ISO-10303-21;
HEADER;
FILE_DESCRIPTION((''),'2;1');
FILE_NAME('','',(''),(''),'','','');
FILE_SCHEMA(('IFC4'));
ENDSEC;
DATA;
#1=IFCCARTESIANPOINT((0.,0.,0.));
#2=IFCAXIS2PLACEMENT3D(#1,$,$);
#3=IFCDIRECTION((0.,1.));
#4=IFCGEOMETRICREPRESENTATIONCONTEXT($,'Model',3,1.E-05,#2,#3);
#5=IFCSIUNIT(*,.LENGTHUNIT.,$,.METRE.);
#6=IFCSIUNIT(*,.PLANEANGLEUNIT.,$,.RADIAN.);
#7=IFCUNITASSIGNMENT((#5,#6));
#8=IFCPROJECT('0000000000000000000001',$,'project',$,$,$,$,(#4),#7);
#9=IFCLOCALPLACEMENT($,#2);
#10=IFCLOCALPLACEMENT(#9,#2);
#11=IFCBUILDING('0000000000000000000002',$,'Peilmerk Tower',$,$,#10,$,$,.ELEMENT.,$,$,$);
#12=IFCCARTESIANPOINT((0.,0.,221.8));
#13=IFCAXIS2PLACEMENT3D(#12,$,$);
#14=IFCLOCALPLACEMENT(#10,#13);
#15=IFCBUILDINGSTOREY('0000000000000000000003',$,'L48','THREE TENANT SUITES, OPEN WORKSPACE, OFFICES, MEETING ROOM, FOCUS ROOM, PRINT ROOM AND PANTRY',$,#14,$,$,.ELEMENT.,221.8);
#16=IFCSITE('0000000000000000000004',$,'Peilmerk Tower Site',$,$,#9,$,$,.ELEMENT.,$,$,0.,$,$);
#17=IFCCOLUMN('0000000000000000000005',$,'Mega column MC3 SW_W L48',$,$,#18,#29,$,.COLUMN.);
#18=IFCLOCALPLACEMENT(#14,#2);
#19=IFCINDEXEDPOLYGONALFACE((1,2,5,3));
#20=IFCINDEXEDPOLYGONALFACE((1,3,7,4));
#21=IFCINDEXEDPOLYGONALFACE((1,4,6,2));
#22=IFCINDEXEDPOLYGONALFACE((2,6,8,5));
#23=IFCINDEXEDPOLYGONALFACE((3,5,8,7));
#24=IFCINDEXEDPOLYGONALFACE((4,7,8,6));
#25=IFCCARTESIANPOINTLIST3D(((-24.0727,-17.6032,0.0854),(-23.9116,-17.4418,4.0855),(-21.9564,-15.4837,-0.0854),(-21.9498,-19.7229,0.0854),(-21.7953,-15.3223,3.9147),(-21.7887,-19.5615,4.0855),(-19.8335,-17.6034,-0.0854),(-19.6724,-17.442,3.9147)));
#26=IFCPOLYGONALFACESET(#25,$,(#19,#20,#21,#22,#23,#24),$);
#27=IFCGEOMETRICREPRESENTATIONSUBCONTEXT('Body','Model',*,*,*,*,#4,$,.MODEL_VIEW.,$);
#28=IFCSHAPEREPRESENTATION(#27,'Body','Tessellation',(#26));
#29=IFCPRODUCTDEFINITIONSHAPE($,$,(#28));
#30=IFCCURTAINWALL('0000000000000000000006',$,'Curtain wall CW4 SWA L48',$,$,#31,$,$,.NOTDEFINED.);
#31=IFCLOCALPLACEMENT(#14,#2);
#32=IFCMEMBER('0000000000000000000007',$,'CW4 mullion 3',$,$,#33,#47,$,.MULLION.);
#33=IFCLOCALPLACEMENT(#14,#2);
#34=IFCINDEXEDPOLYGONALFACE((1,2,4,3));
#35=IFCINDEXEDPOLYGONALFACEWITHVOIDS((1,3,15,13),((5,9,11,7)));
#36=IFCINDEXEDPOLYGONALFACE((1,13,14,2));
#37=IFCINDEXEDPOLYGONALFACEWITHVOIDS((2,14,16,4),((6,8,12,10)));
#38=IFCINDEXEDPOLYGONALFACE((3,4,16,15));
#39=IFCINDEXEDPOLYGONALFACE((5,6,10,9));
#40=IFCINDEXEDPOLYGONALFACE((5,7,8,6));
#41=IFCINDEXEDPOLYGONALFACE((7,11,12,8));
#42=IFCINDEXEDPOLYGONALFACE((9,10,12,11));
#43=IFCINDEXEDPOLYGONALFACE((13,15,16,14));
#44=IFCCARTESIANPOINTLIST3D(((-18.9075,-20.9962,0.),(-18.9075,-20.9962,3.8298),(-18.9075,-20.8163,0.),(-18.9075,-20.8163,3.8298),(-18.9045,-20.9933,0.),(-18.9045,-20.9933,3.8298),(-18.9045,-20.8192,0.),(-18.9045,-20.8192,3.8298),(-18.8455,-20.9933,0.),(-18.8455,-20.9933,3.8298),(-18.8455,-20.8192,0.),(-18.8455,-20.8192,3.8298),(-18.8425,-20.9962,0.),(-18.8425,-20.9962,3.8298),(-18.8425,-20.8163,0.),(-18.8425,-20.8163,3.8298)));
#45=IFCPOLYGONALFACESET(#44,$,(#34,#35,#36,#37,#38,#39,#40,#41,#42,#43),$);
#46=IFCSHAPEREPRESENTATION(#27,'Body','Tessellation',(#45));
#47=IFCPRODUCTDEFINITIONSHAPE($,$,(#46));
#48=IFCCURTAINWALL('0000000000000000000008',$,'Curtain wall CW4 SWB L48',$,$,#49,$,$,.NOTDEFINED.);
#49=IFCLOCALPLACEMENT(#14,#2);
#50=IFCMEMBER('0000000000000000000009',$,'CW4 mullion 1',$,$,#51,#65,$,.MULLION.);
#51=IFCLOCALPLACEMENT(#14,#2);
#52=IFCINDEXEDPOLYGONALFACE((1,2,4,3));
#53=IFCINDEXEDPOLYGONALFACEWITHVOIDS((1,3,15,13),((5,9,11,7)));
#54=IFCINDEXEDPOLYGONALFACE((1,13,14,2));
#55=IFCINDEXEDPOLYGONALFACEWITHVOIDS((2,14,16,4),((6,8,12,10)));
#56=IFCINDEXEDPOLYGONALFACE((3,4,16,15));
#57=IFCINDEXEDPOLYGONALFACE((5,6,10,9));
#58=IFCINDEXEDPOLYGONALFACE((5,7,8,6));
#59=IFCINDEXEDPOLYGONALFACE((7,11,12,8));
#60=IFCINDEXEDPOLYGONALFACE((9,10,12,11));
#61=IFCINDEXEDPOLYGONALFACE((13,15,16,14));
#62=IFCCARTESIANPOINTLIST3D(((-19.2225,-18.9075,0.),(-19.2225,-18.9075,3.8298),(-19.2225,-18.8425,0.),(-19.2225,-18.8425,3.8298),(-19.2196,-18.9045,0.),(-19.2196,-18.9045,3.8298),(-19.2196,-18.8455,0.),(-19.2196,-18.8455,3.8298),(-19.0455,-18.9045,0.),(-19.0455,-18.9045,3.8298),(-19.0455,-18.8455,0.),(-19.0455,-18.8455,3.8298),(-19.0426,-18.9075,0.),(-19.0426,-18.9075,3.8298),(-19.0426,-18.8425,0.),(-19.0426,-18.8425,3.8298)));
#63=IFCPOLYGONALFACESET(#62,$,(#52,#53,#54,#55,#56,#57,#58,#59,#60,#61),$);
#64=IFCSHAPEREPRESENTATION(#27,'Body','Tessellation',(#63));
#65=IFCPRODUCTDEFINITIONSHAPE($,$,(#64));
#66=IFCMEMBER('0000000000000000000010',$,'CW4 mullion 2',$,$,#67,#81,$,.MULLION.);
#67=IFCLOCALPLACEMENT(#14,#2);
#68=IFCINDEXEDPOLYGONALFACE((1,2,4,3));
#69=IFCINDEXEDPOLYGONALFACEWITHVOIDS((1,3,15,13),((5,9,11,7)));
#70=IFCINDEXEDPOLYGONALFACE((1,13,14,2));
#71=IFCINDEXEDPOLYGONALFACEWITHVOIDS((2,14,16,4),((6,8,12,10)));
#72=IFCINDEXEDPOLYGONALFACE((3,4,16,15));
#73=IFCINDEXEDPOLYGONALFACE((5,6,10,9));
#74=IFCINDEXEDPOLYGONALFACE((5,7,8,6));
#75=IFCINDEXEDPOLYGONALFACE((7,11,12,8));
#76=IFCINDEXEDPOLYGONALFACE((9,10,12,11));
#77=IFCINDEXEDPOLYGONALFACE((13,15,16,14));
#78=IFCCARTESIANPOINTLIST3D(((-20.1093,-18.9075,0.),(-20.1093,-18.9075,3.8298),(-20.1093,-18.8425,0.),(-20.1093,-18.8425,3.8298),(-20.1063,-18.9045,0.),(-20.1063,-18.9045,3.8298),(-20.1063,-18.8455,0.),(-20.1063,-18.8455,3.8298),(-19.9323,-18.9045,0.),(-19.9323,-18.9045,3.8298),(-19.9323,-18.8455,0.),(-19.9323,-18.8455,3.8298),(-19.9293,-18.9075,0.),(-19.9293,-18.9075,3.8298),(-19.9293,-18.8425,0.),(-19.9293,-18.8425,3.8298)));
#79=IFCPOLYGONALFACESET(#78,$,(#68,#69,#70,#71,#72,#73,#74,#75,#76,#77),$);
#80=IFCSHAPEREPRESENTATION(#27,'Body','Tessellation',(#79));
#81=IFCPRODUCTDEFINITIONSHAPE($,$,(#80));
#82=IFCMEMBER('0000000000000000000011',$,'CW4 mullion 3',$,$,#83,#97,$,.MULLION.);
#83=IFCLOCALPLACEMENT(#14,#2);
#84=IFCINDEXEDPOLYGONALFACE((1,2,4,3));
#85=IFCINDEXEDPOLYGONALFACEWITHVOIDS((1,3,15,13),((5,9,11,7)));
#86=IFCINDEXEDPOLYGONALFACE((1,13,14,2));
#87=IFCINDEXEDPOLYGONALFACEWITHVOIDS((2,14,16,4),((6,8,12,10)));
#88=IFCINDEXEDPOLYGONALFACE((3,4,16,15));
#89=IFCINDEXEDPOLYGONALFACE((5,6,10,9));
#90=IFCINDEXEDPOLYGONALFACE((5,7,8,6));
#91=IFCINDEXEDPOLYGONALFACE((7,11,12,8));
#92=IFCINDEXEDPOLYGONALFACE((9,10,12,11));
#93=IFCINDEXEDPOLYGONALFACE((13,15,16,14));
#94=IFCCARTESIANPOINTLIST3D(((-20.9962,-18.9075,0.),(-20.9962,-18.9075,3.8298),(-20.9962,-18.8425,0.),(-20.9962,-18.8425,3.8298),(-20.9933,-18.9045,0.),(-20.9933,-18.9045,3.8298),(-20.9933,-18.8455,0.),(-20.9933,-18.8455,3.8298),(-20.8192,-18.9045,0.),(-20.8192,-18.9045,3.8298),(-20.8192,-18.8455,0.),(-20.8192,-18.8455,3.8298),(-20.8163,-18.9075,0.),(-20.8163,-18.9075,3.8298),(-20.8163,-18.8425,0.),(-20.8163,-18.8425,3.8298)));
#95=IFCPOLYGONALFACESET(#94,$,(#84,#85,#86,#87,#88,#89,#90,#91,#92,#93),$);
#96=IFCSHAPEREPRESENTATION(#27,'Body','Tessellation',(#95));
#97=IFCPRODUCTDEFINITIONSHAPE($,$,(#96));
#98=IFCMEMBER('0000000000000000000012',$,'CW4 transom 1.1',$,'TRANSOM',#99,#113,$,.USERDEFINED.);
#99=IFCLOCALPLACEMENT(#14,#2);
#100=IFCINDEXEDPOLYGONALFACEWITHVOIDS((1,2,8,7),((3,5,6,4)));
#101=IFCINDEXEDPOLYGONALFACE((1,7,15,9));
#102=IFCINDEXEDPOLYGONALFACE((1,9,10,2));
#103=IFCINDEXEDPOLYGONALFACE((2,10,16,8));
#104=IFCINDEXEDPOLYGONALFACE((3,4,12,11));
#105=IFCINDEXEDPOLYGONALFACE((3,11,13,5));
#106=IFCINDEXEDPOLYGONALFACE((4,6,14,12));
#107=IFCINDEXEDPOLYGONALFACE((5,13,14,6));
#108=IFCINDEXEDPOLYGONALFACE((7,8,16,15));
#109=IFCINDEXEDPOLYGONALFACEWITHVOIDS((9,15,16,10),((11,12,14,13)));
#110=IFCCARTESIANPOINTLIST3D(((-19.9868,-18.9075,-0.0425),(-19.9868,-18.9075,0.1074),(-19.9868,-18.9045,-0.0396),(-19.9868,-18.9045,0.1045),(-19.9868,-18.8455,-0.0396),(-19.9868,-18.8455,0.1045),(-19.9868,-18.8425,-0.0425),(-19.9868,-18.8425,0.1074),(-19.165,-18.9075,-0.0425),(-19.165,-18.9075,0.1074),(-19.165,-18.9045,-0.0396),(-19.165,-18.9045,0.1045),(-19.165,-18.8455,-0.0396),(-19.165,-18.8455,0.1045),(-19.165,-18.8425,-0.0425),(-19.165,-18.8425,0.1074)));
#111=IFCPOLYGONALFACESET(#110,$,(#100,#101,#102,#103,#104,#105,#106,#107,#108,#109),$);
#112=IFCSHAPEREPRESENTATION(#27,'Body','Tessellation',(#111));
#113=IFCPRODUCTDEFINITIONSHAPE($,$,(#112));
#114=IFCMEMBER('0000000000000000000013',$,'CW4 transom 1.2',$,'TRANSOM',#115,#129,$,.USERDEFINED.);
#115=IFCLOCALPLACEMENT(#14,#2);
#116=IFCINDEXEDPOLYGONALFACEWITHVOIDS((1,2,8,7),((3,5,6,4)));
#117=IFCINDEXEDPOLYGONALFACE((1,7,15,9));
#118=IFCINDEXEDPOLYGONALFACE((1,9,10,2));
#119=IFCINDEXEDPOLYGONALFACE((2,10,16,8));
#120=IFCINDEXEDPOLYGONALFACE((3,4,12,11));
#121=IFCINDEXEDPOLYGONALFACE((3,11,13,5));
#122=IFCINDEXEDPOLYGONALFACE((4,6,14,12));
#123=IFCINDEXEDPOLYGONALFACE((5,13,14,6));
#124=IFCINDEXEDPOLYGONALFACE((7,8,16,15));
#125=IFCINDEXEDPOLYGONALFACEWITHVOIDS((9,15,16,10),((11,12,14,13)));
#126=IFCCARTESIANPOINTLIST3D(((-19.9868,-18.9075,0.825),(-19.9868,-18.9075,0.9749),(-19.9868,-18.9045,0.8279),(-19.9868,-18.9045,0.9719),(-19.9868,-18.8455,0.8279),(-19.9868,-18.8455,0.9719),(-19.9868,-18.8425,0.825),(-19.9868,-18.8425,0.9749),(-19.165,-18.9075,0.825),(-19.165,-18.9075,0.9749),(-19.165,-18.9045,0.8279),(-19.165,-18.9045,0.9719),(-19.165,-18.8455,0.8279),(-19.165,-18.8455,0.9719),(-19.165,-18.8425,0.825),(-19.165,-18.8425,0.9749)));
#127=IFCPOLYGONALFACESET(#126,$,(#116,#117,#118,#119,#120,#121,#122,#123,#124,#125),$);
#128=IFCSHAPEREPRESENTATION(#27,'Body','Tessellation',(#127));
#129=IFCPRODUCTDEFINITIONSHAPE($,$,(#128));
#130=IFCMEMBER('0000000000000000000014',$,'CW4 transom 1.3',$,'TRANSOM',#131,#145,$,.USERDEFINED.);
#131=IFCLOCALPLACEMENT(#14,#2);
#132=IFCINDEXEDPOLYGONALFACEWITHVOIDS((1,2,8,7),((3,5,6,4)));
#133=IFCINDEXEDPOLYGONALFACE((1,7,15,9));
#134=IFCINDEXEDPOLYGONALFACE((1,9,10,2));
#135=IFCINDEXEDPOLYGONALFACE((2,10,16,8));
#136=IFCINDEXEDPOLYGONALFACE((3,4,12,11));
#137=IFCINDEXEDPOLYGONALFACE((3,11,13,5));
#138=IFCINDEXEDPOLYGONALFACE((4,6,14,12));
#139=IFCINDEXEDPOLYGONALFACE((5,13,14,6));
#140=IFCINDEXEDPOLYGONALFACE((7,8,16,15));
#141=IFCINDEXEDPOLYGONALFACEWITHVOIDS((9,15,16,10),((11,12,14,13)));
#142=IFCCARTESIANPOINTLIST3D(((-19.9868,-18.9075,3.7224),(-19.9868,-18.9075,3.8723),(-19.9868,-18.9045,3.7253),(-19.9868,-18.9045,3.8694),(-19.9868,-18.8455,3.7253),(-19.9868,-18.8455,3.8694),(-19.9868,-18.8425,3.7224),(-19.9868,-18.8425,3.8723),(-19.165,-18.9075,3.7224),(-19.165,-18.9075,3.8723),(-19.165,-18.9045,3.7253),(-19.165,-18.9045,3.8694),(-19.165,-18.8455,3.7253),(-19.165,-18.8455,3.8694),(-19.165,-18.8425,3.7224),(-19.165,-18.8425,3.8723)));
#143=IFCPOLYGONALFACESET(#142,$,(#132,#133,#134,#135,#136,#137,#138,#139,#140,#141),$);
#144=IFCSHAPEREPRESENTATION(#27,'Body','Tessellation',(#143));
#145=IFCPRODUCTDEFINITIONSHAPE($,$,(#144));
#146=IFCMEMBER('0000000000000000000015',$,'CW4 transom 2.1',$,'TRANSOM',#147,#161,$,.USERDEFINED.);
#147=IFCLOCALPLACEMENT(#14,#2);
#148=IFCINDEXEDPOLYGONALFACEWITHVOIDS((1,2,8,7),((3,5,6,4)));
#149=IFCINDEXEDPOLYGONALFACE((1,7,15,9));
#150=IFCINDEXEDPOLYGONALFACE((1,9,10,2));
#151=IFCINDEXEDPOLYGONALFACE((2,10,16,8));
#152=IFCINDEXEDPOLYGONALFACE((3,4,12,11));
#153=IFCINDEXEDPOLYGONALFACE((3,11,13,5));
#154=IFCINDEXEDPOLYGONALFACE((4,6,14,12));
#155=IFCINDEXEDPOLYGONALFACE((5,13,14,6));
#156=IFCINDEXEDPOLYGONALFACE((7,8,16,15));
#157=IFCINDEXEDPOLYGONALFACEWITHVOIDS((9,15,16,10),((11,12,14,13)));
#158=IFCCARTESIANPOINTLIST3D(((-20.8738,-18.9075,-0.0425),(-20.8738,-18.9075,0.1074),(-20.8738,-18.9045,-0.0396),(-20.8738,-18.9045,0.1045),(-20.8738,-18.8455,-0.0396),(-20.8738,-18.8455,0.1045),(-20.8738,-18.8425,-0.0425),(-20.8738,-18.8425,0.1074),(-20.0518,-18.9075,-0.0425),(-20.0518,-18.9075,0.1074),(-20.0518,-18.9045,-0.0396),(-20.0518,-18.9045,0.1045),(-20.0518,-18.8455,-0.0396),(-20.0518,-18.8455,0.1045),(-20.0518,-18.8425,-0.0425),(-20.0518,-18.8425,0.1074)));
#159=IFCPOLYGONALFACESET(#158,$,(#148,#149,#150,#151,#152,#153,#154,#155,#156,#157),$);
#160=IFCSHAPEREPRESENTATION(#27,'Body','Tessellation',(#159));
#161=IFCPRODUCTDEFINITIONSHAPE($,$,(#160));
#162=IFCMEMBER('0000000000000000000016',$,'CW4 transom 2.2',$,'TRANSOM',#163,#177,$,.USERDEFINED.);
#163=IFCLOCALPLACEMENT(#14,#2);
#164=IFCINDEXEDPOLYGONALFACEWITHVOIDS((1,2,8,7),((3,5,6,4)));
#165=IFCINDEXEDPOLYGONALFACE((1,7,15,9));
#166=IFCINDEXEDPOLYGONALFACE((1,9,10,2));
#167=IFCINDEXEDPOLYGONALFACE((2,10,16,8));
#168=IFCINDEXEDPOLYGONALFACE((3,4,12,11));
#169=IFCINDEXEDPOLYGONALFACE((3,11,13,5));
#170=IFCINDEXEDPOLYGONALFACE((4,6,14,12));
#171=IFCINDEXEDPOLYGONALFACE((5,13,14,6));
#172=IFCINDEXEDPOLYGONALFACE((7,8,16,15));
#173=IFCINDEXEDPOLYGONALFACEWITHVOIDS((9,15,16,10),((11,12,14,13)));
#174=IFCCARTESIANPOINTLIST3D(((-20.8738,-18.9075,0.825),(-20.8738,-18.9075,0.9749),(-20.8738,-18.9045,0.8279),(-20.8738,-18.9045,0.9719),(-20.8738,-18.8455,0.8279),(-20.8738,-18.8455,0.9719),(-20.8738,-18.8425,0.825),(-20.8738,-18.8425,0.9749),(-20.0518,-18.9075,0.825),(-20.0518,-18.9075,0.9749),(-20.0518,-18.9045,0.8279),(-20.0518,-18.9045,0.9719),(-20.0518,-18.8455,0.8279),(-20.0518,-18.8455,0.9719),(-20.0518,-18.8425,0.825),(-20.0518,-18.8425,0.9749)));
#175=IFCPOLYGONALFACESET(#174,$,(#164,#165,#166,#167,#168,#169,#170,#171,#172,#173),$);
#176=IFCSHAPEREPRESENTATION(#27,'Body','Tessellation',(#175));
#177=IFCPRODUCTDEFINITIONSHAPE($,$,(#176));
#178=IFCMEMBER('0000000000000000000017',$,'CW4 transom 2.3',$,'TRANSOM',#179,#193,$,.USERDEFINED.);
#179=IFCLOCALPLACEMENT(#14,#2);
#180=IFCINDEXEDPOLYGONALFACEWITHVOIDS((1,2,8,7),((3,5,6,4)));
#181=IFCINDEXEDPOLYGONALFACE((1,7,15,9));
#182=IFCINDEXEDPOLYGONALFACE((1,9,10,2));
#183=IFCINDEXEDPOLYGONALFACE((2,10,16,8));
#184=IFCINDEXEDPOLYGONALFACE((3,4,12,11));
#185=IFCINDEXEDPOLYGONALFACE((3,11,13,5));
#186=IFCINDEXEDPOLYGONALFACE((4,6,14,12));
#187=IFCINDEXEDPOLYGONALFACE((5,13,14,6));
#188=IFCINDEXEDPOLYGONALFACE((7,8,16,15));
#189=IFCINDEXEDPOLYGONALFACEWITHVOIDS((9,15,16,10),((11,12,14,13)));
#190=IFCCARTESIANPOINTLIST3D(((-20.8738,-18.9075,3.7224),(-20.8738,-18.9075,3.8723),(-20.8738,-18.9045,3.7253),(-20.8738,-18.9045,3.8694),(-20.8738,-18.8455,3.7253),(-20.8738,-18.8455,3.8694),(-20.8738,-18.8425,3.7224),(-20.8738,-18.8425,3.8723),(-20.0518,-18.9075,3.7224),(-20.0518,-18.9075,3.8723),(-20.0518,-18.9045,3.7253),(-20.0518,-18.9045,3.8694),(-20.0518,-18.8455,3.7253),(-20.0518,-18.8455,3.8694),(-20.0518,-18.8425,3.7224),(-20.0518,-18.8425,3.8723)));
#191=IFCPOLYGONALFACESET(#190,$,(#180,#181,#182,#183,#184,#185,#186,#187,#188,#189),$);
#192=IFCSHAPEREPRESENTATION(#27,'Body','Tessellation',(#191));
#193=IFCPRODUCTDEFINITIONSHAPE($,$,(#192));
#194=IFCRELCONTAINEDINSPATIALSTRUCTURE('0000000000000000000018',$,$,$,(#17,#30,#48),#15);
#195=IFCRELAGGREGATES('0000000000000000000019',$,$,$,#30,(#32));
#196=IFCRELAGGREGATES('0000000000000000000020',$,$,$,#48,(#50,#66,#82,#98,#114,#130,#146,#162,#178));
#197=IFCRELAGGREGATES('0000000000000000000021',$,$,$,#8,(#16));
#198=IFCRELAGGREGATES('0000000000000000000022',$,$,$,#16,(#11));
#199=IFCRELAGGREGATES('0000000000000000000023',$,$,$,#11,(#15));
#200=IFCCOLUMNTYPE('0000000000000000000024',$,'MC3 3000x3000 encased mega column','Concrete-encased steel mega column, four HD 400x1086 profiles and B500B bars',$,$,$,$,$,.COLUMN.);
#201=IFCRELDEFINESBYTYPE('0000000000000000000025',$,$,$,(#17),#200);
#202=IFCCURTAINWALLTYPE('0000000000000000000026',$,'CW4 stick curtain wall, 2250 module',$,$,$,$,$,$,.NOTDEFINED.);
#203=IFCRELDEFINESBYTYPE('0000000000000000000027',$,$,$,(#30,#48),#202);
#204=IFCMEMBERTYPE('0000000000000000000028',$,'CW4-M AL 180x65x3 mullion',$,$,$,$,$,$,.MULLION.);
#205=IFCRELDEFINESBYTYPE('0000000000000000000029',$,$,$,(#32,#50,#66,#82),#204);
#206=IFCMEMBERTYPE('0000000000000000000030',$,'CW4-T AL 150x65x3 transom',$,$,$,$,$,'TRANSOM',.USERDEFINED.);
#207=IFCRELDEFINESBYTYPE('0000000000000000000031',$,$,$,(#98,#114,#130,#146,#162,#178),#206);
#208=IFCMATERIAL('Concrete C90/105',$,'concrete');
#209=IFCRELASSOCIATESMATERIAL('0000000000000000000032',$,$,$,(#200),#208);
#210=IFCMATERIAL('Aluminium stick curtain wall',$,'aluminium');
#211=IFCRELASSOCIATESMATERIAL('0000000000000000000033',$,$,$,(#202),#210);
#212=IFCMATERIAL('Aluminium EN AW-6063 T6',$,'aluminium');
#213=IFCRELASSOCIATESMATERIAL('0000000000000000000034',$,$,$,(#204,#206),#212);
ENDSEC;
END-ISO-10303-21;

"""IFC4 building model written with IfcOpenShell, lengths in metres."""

from ifc_helpers import new_model, si_unit, direction, frame, origin, origin_2d, place, context, subcontext, project, spatial, rectangle, hollow_rectangle, extrude, material, material_profile, profile_set, type_object, element, aggregate, save


model = new_model("IFC4")

# Units and contexts
model_context = context("Model", 3, precision=1e-05, world=origin(), true_north=direction((0.0, 1.0)))
body_context = subcontext(model_context, "Body", "Model", "MODEL_VIEW")
ifc_project = project(units=[si_unit("LENGTHUNIT", "METRE"), si_unit("PLANEANGLEUNIT", "RADIAN")], contexts=[model_context])

# Site, building, storey
site_placement = place(None, origin())
site = spatial("IfcSite", under=ifc_project, at=site_placement, Name="Peilmerk Tower Site", CompositionType="ELEMENT", RefElevation=0.0)
building_placement = place(site_placement, origin())
building = spatial("IfcBuilding", under=site, at=building_placement, Name="Peilmerk Tower", CompositionType="ELEMENT")
storey_placement = place(building_placement, frame((0.0, 0.0, 221.8)))
storey = spatial("IfcBuildingStorey", under=building, at=storey_placement, Name="L48", Description="THREE TENANT SUITES, OPEN WORKSPACE, OFFICES, MEETING ROOM, FOCUS ROOM, PRINT ROOM AND PANTRY", CompositionType="ELEMENT", Elevation=221.8)

# Column
ifc_material_1 = material(Name="Concrete C90/105", Category="concrete")
ifc_material_profile_1 = material_profile(ifc_material_1, rectangle(XDim=3.0, YDim=3.0, at=origin_2d()), Name="RC 3000x3000")
ifc_profile_set_1 = profile_set([ifc_material_profile_1], Name="Concrete C90/105")
column_type = type_object("IfcColumnType", Name="MC3 3000x3000 encased mega column", Description="Concrete-encased steel mega column, four HD 400x1086 profiles and B500B bars", PredefinedType="COLUMN", material=ifc_profile_set_1)
column_placement = place(storey_placement, frame((-21.9531, -17.6033, 0.0), z_axis=(0.040218, 0.040279, 0.998379), x_axis=(-0.707642, 0.706571, 0.0)))
element("IfcColumn", 1, at=column_placement, inside=storey, type_object=column_type, Name="Mega column MC3 SW_W L48", PredefinedType="COLUMN", context=body_context, shape_type="SweptSolid", body=[
    extrude(rectangle(XDim=3.0, YDim=3.0, at=origin_2d()), origin(), (0.0, 0.0, 1.0), 4.0066),
])

# Curtain wall, member
ifc_material_2 = material(Name="Aluminium stick curtain wall", Category="aluminium")
curtain_wall_type = type_object("IfcCurtainWallType", Name="CW4 stick curtain wall, 2250 module", PredefinedType="NOTDEFINED", material=ifc_material_2)
curtain_wall_1_placement = place(storey_placement, origin())
curtain_wall_1 = element("IfcCurtainWall", 2, at=curtain_wall_1_placement, inside=storey, type_object=curtain_wall_type, Name="Curtain wall CW4 SWA L48", PredefinedType="NOTDEFINED")
ifc_material_3 = material(Name="Aluminium EN AW-6063 T6", Category="aluminium")
ifc_material_profile_2 = material_profile(ifc_material_3, hollow_rectangle(XDim=0.0649, YDim=0.1799, WallThickness=0.0029, at=origin_2d()), Name="AL 180x65x3")
ifc_profile_set_2 = profile_set([ifc_material_profile_2], Name="Aluminium EN AW-6063 T6")
member_type_1 = type_object("IfcMemberType", Name="CW4-M AL 180x65x3 mullion", PredefinedType="MULLION", material=ifc_profile_set_2)
member_1_placement = place(storey_placement, frame((-18.875, -20.9062, 0.0), z_axis=(0.0, 0.0, 1.0), x_axis=(1.0, 0.0, 0.0)))
member_1 = element("IfcMember", 3, at=member_1_placement, type_object=member_type_1, Name="CW4 mullion 3", PredefinedType="MULLION", context=body_context, shape_type="SweptSolid", body=[
    extrude(hollow_rectangle(XDim=0.0649, YDim=0.1799, WallThickness=0.0029, at=origin_2d()), origin(), (0.0, 0.0, 1.0), 3.8298),
])

# Curtain wall, members
curtain_wall_2_placement = place(storey_placement, origin())
curtain_wall_2 = element("IfcCurtainWall", 4, at=curtain_wall_2_placement, inside=storey, type_object=curtain_wall_type, Name="Curtain wall CW4 SWB L48", PredefinedType="NOTDEFINED")
member_2_placement = place(storey_placement, frame((-19.1326, -18.875, 0.0), z_axis=(0.0, 0.0, 1.0), x_axis=(0.0, -1.0, 0.0)))
member_2 = element("IfcMember", 5, at=member_2_placement, type_object=member_type_1, Name="CW4 mullion 1", PredefinedType="MULLION", context=body_context, shape_type="SweptSolid", body=[
    extrude(hollow_rectangle(XDim=0.0649, YDim=0.1799, WallThickness=0.0029, at=origin_2d()), origin(), (0.0, 0.0, 1.0), 3.8298),
])
member_3_placement = place(storey_placement, frame((-20.0193, -18.875, 0.0), z_axis=(0.0, 0.0, 1.0), x_axis=(0.0, -1.0, 0.0)))
member_3 = element("IfcMember", 6, at=member_3_placement, type_object=member_type_1, Name="CW4 mullion 2", PredefinedType="MULLION", context=body_context, shape_type="SweptSolid", body=[
    extrude(hollow_rectangle(XDim=0.0649, YDim=0.1799, WallThickness=0.0029, at=origin_2d()), origin(), (0.0, 0.0, 1.0), 3.8298),
])
member_4_placement = place(storey_placement, frame((-20.9062, -18.875, 0.0), z_axis=(0.0, 0.0, 1.0), x_axis=(0.0, -1.0, 0.0)))
member_4 = element("IfcMember", 7, at=member_4_placement, type_object=member_type_1, Name="CW4 mullion 3", PredefinedType="MULLION", context=body_context, shape_type="SweptSolid", body=[
    extrude(hollow_rectangle(XDim=0.0649, YDim=0.1799, WallThickness=0.0029, at=origin_2d()), origin(), (0.0, 0.0, 1.0), 3.8298),
])
ifc_material_profile_3 = material_profile(ifc_material_3, hollow_rectangle(XDim=0.0649, YDim=0.1499, WallThickness=0.0029, at=origin_2d()), Name="AL 150x65x3")
ifc_profile_set_3 = profile_set([ifc_material_profile_3], Name="Aluminium EN AW-6063 T6")
member_type_2 = type_object("IfcMemberType", Name="CW4-T AL 150x65x3 transom", ElementType="TRANSOM", PredefinedType="USERDEFINED", material=ifc_profile_set_3)
member_5_placement = place(storey_placement, frame((-19.165, -18.875, 0.0325), z_axis=(-1.0, 0.0, 0.0), x_axis=(0.0, -1.0, 0.0)))
member_5 = element("IfcMember", 8, at=member_5_placement, type_object=member_type_2, Name="CW4 transom 1.1", ObjectType="TRANSOM", PredefinedType="USERDEFINED", context=body_context, shape_type="SweptSolid", body=[
    extrude(hollow_rectangle(XDim=0.0649, YDim=0.1499, WallThickness=0.0029, at=origin_2d()), origin(), (0.0, 0.0, 1.0), 0.8218),
])
member_6_placement = place(storey_placement, frame((-19.165, -18.875, 0.8999), z_axis=(-1.0, 0.0, 0.0), x_axis=(0.0, -1.0, 0.0)))
member_6 = element("IfcMember", 9, at=member_6_placement, type_object=member_type_2, Name="CW4 transom 1.2", ObjectType="TRANSOM", PredefinedType="USERDEFINED", context=body_context, shape_type="SweptSolid", body=[
    extrude(hollow_rectangle(XDim=0.0649, YDim=0.1499, WallThickness=0.0029, at=origin_2d()), origin(), (0.0, 0.0, 1.0), 0.8218),
])
member_7_placement = place(storey_placement, frame((-19.165, -18.875, 3.7974), z_axis=(-1.0, 0.0, 0.0), x_axis=(0.0, -1.0, 0.0)))
member_7 = element("IfcMember", 10, at=member_7_placement, type_object=member_type_2, Name="CW4 transom 1.3", ObjectType="TRANSOM", PredefinedType="USERDEFINED", context=body_context, shape_type="SweptSolid", body=[
    extrude(hollow_rectangle(XDim=0.0649, YDim=0.1499, WallThickness=0.0029, at=origin_2d()), origin(), (0.0, 0.0, 1.0), 0.8218),
])
member_8_placement = place(storey_placement, frame((-20.0518, -18.875, 0.0325), z_axis=(-1.0, 0.0, 0.0), x_axis=(0.0, -1.0, 0.0)))
member_8 = element("IfcMember", 11, at=member_8_placement, type_object=member_type_2, Name="CW4 transom 2.1", ObjectType="TRANSOM", PredefinedType="USERDEFINED", context=body_context, shape_type="SweptSolid", body=[
    extrude(hollow_rectangle(XDim=0.0649, YDim=0.1499, WallThickness=0.0029, at=origin_2d()), origin(), (0.0, 0.0, 1.0), 0.822),
])
member_9_placement = place(storey_placement, frame((-20.0518, -18.875, 0.8999), z_axis=(-1.0, 0.0, 0.0), x_axis=(0.0, -1.0, 0.0)))
member_9 = element("IfcMember", 12, at=member_9_placement, type_object=member_type_2, Name="CW4 transom 2.2", ObjectType="TRANSOM", PredefinedType="USERDEFINED", context=body_context, shape_type="SweptSolid", body=[
    extrude(hollow_rectangle(XDim=0.0649, YDim=0.1499, WallThickness=0.0029, at=origin_2d()), origin(), (0.0, 0.0, 1.0), 0.822),
])
member_10_placement = place(storey_placement, frame((-20.0518, -18.875, 3.7974), z_axis=(-1.0, 0.0, 0.0), x_axis=(0.0, -1.0, 0.0)))
member_10 = element("IfcMember", 13, at=member_10_placement, type_object=member_type_2, Name="CW4 transom 2.3", ObjectType="TRANSOM", PredefinedType="USERDEFINED", context=body_context, shape_type="SweptSolid", body=[
    extrude(hollow_rectangle(XDim=0.0649, YDim=0.1499, WallThickness=0.0029, at=origin_2d()), origin(), (0.0, 0.0, 1.0), 0.822),
])

aggregate(curtain_wall_1, [member_1])
aggregate(curtain_wall_2, [member_2, member_3, member_4, member_5, member_6, member_7, member_8, member_9, member_10])

save(model, "model.ifc")
